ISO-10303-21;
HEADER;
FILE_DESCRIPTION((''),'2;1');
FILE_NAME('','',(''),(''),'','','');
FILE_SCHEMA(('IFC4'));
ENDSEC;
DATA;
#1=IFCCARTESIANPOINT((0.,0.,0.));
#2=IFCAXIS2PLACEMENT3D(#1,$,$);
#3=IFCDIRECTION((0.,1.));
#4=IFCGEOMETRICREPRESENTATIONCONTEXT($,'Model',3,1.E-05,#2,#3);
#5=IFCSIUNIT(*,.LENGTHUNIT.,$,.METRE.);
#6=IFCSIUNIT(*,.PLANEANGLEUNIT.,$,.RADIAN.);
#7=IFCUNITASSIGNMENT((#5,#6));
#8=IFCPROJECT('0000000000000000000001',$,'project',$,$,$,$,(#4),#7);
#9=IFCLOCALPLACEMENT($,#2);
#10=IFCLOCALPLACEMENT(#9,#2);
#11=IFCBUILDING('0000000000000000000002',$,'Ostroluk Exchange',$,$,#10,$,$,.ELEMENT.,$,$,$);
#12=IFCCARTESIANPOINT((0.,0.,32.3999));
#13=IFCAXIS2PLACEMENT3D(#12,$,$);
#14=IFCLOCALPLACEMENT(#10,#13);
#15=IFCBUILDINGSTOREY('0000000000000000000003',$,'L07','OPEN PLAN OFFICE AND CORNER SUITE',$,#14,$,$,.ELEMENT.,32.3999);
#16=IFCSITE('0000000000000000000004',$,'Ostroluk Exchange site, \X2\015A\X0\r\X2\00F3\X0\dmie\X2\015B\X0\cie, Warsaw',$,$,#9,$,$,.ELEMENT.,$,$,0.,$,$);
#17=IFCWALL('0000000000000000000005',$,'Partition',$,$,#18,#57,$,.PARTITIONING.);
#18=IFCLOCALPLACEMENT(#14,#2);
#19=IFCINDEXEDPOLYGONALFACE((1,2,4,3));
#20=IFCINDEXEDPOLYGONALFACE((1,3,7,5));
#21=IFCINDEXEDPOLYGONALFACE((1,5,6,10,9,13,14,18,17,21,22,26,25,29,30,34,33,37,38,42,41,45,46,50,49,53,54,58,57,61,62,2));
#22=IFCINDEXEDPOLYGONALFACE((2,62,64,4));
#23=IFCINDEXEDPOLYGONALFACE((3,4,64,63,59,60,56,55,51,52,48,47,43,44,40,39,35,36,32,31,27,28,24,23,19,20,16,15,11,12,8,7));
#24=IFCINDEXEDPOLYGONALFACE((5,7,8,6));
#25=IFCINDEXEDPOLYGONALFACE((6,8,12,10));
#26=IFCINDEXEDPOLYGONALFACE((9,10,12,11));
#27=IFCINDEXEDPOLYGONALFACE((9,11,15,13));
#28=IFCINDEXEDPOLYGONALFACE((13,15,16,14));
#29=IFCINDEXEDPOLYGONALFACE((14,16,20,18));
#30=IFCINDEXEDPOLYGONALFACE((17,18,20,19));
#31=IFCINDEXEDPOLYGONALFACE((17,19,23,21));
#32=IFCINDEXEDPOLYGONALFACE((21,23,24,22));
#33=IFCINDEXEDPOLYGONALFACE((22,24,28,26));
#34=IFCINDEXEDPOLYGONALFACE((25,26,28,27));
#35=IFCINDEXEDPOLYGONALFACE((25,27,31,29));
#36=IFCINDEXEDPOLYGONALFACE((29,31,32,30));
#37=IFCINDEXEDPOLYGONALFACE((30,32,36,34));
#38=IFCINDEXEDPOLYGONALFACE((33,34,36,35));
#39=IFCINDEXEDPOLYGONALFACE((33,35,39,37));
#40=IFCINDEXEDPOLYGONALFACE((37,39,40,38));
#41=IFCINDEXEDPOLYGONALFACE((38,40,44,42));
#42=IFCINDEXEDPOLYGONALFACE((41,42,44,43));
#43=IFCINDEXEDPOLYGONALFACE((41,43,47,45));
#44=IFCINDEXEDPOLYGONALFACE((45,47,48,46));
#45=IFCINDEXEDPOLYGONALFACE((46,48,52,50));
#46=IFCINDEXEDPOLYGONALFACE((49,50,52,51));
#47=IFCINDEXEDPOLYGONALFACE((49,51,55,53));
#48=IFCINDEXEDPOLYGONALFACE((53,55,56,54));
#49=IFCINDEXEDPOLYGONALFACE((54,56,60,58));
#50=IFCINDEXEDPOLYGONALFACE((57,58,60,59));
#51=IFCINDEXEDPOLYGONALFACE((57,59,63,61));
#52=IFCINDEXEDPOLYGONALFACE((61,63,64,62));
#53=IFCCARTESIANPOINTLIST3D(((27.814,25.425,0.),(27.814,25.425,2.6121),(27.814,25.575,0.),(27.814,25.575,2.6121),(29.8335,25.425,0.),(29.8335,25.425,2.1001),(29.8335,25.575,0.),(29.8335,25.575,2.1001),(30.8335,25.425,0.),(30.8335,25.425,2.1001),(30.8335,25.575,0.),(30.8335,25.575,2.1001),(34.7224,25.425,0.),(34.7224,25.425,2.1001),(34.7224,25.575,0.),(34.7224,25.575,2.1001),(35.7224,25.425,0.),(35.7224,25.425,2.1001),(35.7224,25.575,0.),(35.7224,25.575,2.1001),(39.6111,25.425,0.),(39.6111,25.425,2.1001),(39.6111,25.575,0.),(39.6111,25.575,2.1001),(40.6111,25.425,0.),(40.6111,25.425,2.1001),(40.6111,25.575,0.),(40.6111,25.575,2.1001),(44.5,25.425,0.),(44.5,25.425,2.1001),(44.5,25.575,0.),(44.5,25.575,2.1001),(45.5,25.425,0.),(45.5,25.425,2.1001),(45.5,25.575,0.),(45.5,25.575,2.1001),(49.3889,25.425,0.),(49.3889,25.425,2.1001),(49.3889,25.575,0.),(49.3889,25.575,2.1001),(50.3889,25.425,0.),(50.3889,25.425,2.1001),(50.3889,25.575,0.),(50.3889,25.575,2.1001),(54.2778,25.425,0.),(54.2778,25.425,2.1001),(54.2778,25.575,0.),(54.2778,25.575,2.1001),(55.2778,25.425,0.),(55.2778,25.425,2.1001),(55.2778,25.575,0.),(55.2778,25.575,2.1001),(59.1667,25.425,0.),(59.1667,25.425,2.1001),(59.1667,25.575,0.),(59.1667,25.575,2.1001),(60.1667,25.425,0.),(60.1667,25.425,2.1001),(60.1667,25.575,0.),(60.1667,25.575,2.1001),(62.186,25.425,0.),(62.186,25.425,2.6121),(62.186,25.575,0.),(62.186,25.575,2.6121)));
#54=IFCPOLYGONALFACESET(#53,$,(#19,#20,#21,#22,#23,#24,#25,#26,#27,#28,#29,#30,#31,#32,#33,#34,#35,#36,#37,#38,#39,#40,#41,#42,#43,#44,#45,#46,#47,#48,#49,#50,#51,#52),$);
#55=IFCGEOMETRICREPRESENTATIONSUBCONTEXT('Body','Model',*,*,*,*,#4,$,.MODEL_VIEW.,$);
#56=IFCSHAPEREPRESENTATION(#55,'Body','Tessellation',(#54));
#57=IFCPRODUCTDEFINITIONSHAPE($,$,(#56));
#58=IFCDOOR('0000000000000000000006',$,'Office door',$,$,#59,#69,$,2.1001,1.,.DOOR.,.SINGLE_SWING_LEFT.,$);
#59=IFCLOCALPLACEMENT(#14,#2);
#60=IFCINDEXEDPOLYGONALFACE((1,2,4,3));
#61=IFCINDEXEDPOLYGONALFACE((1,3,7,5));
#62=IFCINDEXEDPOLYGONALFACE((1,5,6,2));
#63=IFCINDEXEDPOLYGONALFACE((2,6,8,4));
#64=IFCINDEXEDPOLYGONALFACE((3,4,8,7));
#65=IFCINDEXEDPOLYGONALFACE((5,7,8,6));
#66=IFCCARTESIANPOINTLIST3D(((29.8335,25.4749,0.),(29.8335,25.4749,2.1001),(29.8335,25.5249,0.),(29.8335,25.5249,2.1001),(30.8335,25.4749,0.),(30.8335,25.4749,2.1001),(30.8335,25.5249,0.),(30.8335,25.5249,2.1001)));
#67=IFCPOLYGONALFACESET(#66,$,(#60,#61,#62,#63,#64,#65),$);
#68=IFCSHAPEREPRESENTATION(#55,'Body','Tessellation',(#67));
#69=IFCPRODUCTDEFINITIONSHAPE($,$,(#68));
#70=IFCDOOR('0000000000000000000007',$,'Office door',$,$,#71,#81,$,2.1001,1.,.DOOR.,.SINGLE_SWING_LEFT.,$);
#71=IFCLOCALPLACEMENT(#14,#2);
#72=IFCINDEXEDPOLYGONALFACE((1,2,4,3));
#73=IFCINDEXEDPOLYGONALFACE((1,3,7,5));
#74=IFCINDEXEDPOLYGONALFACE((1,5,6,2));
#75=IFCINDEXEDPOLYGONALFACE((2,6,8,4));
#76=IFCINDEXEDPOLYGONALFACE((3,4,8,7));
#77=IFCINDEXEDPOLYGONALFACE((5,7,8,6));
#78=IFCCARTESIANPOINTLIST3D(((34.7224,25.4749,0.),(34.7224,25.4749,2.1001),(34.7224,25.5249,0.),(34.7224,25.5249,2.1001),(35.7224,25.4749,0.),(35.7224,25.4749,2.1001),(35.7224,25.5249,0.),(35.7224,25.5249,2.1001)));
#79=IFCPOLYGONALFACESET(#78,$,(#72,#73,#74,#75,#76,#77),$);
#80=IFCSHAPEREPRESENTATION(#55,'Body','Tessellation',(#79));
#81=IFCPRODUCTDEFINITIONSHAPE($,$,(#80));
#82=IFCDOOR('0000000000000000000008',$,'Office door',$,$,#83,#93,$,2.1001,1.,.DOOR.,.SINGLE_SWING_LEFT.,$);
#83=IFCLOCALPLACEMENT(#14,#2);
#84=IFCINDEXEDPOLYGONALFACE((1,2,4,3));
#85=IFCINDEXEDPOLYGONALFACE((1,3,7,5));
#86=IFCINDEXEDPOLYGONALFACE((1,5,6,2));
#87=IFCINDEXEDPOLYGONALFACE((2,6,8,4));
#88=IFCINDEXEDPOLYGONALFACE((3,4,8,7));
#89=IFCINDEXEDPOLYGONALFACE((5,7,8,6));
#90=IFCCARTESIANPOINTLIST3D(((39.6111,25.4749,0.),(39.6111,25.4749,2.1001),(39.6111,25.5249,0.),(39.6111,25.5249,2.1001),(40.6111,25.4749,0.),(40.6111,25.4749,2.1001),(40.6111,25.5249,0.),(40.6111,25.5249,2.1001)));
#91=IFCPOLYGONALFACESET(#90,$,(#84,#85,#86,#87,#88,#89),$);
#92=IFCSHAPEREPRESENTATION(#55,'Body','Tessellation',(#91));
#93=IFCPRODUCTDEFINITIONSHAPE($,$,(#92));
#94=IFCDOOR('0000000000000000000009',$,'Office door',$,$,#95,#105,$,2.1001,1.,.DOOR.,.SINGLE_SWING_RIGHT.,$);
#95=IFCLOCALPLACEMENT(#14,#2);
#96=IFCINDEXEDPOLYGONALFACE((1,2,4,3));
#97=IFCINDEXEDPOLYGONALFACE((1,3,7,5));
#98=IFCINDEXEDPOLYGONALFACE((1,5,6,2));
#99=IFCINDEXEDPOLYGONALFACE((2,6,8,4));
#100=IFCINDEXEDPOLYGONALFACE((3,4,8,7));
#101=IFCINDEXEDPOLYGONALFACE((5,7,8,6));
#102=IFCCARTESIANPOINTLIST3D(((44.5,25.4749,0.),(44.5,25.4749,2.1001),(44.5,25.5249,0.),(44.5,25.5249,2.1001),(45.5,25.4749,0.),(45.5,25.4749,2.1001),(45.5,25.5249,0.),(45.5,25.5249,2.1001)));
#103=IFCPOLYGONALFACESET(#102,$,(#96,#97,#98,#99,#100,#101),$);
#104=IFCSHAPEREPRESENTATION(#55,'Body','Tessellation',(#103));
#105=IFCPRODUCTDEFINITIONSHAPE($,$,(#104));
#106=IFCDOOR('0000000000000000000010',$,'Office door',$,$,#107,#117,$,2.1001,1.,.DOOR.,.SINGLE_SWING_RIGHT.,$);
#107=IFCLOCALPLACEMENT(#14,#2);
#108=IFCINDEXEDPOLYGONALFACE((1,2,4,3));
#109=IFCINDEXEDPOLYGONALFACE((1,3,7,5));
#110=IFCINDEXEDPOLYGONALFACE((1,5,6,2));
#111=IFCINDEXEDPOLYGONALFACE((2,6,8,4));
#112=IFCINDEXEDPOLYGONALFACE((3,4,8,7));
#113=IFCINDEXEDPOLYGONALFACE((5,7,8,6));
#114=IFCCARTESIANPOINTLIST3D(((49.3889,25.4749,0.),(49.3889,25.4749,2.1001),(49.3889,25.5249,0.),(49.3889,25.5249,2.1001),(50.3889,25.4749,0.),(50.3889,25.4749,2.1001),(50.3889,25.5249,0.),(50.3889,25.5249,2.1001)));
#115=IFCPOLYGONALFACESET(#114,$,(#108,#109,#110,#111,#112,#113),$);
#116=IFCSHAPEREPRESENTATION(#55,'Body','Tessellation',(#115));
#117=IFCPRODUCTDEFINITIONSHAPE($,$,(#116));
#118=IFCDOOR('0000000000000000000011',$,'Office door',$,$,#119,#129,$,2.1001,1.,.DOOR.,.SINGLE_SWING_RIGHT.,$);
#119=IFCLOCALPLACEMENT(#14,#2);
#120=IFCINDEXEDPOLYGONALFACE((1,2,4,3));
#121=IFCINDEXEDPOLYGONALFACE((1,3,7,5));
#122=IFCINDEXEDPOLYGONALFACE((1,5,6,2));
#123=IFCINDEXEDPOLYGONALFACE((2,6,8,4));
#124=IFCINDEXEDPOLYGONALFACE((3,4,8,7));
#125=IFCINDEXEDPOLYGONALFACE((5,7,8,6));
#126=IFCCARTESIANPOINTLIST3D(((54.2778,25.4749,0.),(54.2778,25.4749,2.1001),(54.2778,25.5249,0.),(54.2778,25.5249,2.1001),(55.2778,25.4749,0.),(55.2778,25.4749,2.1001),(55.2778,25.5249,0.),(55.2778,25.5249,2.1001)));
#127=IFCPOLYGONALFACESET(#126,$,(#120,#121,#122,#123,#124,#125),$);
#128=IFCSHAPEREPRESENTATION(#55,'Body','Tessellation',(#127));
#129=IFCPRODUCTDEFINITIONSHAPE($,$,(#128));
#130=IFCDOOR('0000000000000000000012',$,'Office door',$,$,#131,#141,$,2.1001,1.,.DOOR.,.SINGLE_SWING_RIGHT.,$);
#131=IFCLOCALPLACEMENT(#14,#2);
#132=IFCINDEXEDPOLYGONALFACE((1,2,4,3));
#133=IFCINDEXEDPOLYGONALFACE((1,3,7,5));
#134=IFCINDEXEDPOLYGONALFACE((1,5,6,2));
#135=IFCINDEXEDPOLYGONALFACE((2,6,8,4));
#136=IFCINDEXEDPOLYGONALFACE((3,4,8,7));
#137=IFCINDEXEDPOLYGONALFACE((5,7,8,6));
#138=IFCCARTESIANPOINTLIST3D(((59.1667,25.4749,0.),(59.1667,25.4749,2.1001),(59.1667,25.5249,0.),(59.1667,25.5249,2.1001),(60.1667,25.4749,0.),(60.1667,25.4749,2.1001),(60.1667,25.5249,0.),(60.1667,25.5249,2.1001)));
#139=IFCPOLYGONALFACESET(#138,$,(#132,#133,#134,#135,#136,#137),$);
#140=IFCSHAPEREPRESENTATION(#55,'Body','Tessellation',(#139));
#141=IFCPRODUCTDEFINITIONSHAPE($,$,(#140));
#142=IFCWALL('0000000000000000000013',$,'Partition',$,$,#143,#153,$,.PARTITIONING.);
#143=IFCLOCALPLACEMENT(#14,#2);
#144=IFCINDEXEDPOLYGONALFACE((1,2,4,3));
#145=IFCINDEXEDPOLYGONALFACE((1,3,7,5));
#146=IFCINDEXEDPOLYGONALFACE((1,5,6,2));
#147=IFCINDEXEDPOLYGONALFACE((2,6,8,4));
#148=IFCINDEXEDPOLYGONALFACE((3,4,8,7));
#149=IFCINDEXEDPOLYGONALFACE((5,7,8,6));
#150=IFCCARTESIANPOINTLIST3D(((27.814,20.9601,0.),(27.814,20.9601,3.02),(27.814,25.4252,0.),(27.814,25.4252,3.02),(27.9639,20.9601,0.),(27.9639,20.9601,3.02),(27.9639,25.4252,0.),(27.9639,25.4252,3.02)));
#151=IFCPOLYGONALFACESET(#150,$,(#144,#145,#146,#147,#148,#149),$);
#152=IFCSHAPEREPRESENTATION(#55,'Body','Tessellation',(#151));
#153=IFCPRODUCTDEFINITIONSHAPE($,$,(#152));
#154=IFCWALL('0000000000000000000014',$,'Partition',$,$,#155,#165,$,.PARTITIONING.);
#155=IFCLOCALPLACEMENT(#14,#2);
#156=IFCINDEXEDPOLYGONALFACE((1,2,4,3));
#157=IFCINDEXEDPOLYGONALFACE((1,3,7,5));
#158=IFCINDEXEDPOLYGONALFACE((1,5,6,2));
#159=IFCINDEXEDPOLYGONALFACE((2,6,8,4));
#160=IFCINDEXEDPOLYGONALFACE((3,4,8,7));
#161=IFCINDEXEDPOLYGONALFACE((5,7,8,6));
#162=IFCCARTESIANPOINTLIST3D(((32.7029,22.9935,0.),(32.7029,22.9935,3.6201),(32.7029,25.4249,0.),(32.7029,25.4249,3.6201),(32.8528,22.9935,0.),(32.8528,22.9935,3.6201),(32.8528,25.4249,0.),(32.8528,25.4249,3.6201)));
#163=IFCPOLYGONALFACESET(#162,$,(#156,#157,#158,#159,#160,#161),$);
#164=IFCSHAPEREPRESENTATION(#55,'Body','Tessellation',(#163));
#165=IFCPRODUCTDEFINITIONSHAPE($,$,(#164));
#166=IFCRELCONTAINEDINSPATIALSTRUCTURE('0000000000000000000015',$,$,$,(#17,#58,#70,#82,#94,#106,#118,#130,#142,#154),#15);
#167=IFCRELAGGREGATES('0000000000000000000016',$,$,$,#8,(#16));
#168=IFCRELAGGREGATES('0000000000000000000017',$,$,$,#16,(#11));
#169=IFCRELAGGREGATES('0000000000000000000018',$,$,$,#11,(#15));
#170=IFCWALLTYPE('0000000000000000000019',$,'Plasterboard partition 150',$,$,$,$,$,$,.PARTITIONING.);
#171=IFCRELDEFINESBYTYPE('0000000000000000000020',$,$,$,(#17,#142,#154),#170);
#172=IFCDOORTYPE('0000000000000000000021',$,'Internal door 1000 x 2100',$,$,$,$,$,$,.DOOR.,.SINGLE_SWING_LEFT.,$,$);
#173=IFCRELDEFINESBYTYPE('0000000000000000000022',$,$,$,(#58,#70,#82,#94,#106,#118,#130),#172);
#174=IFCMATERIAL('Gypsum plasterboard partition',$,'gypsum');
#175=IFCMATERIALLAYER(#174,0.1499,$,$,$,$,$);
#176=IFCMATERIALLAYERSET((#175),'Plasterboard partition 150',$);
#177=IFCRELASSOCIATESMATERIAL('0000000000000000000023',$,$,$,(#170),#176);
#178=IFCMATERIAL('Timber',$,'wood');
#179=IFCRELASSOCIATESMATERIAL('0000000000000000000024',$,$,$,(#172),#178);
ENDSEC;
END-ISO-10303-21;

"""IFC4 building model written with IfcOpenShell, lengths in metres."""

from ifc_helpers import new_model, si_unit, direction, frame, frame_2d, origin, place, context, subcontext, project, spatial, rectangle, extrude, material, layer, layer_set, type_object, element, fill, save


model = new_model("IFC4")

# Units and contexts
model_context = context("Model", 3, precision=1e-05, world=origin(), true_north=direction((0.0, 1.0)))
body_context = subcontext(model_context, "Body", "Model", "MODEL_VIEW")
ifc_project = project(units=[si_unit("LENGTHUNIT", "METRE"), si_unit("PLANEANGLEUNIT", "RADIAN")], contexts=[model_context])

# Site, building, storey
site_placement = place(None, origin())
site = spatial("IfcSite", under=ifc_project, at=site_placement, Name="Ostroluk Exchange site, Śródmieście, Warsaw", CompositionType="ELEMENT", RefElevation=0.0)
building_placement = place(site_placement, origin())
building = spatial("IfcBuilding", under=site, at=building_placement, Name="Ostroluk Exchange", CompositionType="ELEMENT")
storey_placement = place(building_placement, frame((0.0, 0.0, 32.3999)))
storey = spatial("IfcBuildingStorey", under=building, at=storey_placement, Name="L07", Description="OPEN PLAN OFFICE AND CORNER SUITE", CompositionType="ELEMENT", Elevation=32.3999)

# Wall, openings, doors
ifc_material_1 = material(Name="Gypsum plasterboard partition", Category="gypsum")
ifc_layer = layer(ifc_material_1, 0.1499)
ifc_layer_set = layer_set([ifc_layer], Name="Plasterboard partition 150")
wall_type = type_object("IfcWallType", Name="Plasterboard partition 150", PredefinedType="PARTITIONING", material=ifc_layer_set)
wall_1_placement = place(storey_placement, frame((27.814, 25.5, 0.0), z_axis=(0.0, 0.0, 1.0), x_axis=(1.0, 0.0, 0.0)))
wall_1 = element("IfcWall", 1, at=wall_1_placement, inside=storey, type_object=wall_type, Name="Partition", PredefinedType="PARTITIONING", context=body_context, shape_type="SweptSolid", body=[
    extrude(rectangle(XDim=34.3721, YDim=0.1499, at=frame_2d((17.186, 0.0))), origin(), (0.0, 0.0, 1.0), 2.6121),
])
opening_1_placement = place(wall_1_placement, frame((2.0195, 0.0, 0.0)))
opening_1 = element("IfcOpeningElement", 2, at=opening_1_placement, cuts=wall_1, PredefinedType="OPENING", context=body_context, shape_type="SweptSolid", body=[
    extrude(rectangle(XDim=1.0, YDim=2.1001, at=frame_2d((0.5, 1.05))), frame((0.0, 0.085, 0.0), z_axis=(0.0, -1.0, 0.0), x_axis=(1.0, 0.0, 0.0)), (0.0, 0.0, 1.0), 0.1699),
])
opening_2_placement = place(wall_1_placement, frame((6.9084, 0.0, 0.0)))
opening_2 = element("IfcOpeningElement", 3, at=opening_2_placement, cuts=wall_1, PredefinedType="OPENING", context=body_context, shape_type="SweptSolid", body=[
    extrude(rectangle(XDim=1.0, YDim=2.1001, at=frame_2d((0.5, 1.05))), frame((0.0, 0.085, 0.0), z_axis=(0.0, -1.0, 0.0), x_axis=(1.0, 0.0, 0.0)), (0.0, 0.0, 1.0), 0.1699),
])
opening_3_placement = place(wall_1_placement, frame((11.7971, 0.0, 0.0)))
opening_3 = element("IfcOpeningElement", 4, at=opening_3_placement, cuts=wall_1, PredefinedType="OPENING", context=body_context, shape_type="SweptSolid", body=[
    extrude(rectangle(XDim=1.0, YDim=2.1001, at=frame_2d((0.5, 1.05))), frame((0.0, 0.085, 0.0), z_axis=(0.0, -1.0, 0.0), x_axis=(1.0, 0.0, 0.0)), (0.0, 0.0, 1.0), 0.1699),
])
opening_4_placement = place(wall_1_placement, frame((16.686, 0.0, 0.0)))
opening_4 = element("IfcOpeningElement", 5, at=opening_4_placement, cuts=wall_1, PredefinedType="OPENING", context=body_context, shape_type="SweptSolid", body=[
    extrude(rectangle(XDim=1.0, YDim=2.1001, at=frame_2d((0.5, 1.05))), frame((0.0, 0.085, 0.0), z_axis=(0.0, -1.0, 0.0), x_axis=(1.0, 0.0, 0.0)), (0.0, 0.0, 1.0), 0.1699),
])
opening_5_placement = place(wall_1_placement, frame((21.575, 0.0, 0.0)))
opening_5 = element("IfcOpeningElement", 6, at=opening_5_placement, cuts=wall_1, PredefinedType="OPENING", context=body_context, shape_type="SweptSolid", body=[
    extrude(rectangle(XDim=1.0, YDim=2.1001, at=frame_2d((0.5, 1.05))), frame((0.0, 0.085, 0.0), z_axis=(0.0, -1.0, 0.0), x_axis=(1.0, 0.0, 0.0)), (0.0, 0.0, 1.0), 0.1699),
])
opening_6_placement = place(wall_1_placement, frame((26.4639, 0.0, 0.0)))
opening_6 = element("IfcOpeningElement", 7, at=opening_6_placement, cuts=wall_1, PredefinedType="OPENING", context=body_context, shape_type="SweptSolid", body=[
    extrude(rectangle(XDim=1.0, YDim=2.1001, at=frame_2d((0.5, 1.05))), frame((0.0, 0.085, 0.0), z_axis=(0.0, -1.0, 0.0), x_axis=(1.0, 0.0, 0.0)), (0.0, 0.0, 1.0), 0.1699),
])
opening_7_placement = place(wall_1_placement, frame((31.3528, 0.0, 0.0)))
opening_7 = element("IfcOpeningElement", 8, at=opening_7_placement, cuts=wall_1, PredefinedType="OPENING", context=body_context, shape_type="SweptSolid", body=[
    extrude(rectangle(XDim=1.0, YDim=2.1001, at=frame_2d((0.5, 1.05))), frame((0.0, 0.085, 0.0), z_axis=(0.0, -1.0, 0.0), x_axis=(1.0, 0.0, 0.0)), (0.0, 0.0, 1.0), 0.1699),
])
ifc_material_2 = material(Name="Timber", Category="wood")
door_type = type_object("IfcDoorType", Name="Internal door 1000 x 2100", OperationType="SINGLE_SWING_LEFT", PredefinedType="DOOR", material=ifc_material_2)
door_1_placement = place(opening_1_placement, origin())
door_1 = element("IfcDoor", 9, at=door_1_placement, inside=storey, type_object=door_type, Name="Office door", OperationType="SINGLE_SWING_LEFT", OverallHeight=2.1001, OverallWidth=1.0, PredefinedType="DOOR", context=body_context, shape_type="SweptSolid", body=[
    extrude(rectangle(XDim=1.0, YDim=2.1001, at=frame_2d((0.5, 1.05))), frame((0.0, 0.0249, 0.0), z_axis=(0.0, -1.0, 0.0), x_axis=(1.0, 0.0, 0.0)), (0.0, 0.0, 1.0), 0.05),
])
fill(opening_1, door_1)
door_2_placement = place(opening_2_placement, origin())
door_2 = element("IfcDoor", 10, at=door_2_placement, inside=storey, type_object=door_type, Name="Office door", OperationType="SINGLE_SWING_LEFT", OverallHeight=2.1001, OverallWidth=1.0, PredefinedType="DOOR", context=body_context, shape_type="SweptSolid", body=[
    extrude(rectangle(XDim=1.0, YDim=2.1001, at=frame_2d((0.5, 1.05))), frame((0.0, 0.0249, 0.0), z_axis=(0.0, -1.0, 0.0), x_axis=(1.0, 0.0, 0.0)), (0.0, 0.0, 1.0), 0.05),
])
fill(opening_2, door_2)
door_3_placement = place(opening_3_placement, origin())
door_3 = element("IfcDoor", 11, at=door_3_placement, inside=storey, type_object=door_type, Name="Office door", OperationType="SINGLE_SWING_LEFT", OverallHeight=2.1001, OverallWidth=1.0, PredefinedType="DOOR", context=body_context, shape_type="SweptSolid", body=[
    extrude(rectangle(XDim=1.0, YDim=2.1001, at=frame_2d((0.5, 1.05))), frame((0.0, 0.0249, 0.0), z_axis=(0.0, -1.0, 0.0), x_axis=(1.0, 0.0, 0.0)), (0.0, 0.0, 1.0), 0.05),
])
fill(opening_3, door_3)
door_4_placement = place(opening_4_placement, origin())
door_4 = element("IfcDoor", 12, at=door_4_placement, inside=storey, type_object=door_type, Name="Office door", OperationType="SINGLE_SWING_RIGHT", OverallHeight=2.1001, OverallWidth=1.0, PredefinedType="DOOR", context=body_context, shape_type="SweptSolid", body=[
    extrude(rectangle(XDim=1.0, YDim=2.1001, at=frame_2d((0.5, 1.05))), frame((0.0, 0.0249, 0.0), z_axis=(0.0, -1.0, 0.0), x_axis=(1.0, 0.0, 0.0)), (0.0, 0.0, 1.0), 0.05),
])
fill(opening_4, door_4)
door_5_placement = place(opening_5_placement, origin())
door_5 = element("IfcDoor", 13, at=door_5_placement, inside=storey, type_object=door_type, Name="Office door", OperationType="SINGLE_SWING_RIGHT", OverallHeight=2.1001, OverallWidth=1.0, PredefinedType="DOOR", context=body_context, shape_type="SweptSolid", body=[
    extrude(rectangle(XDim=1.0, YDim=2.1001, at=frame_2d((0.5, 1.05))), frame((0.0, 0.0249, 0.0), z_axis=(0.0, -1.0, 0.0), x_axis=(1.0, 0.0, 0.0)), (0.0, 0.0, 1.0), 0.05),
])
fill(opening_5, door_5)
door_6_placement = place(opening_6_placement, origin())
door_6 = element("IfcDoor", 14, at=door_6_placement, inside=storey, type_object=door_type, Name="Office door", OperationType="SINGLE_SWING_RIGHT", OverallHeight=2.1001, OverallWidth=1.0, PredefinedType="DOOR", context=body_context, shape_type="SweptSolid", body=[
    extrude(rectangle(XDim=1.0, YDim=2.1001, at=frame_2d((0.5, 1.05))), frame((0.0, 0.0249, 0.0), z_axis=(0.0, -1.0, 0.0), x_axis=(1.0, 0.0, 0.0)), (0.0, 0.0, 1.0), 0.05),
])
fill(opening_6, door_6)
door_7_placement = place(opening_7_placement, origin())
door_7 = element("IfcDoor", 15, at=door_7_placement, inside=storey, type_object=door_type, Name="Office door", OperationType="SINGLE_SWING_RIGHT", OverallHeight=2.1001, OverallWidth=1.0, PredefinedType="DOOR", context=body_context, shape_type="SweptSolid", body=[
    extrude(rectangle(XDim=1.0, YDim=2.1001, at=frame_2d((0.5, 1.05))), frame((0.0, 0.0249, 0.0), z_axis=(0.0, -1.0, 0.0), x_axis=(1.0, 0.0, 0.0)), (0.0, 0.0, 1.0), 0.05),
])
fill(opening_7, door_7)

# Walls
wall_2_placement = place(storey_placement, frame((27.8889, 25.425, 0.0), z_axis=(0.0, 0.0, 1.0), x_axis=(0.0, -1.0, 0.0)))
element("IfcWall", 16, at=wall_2_placement, inside=storey, type_object=wall_type, Name="Partition", PredefinedType="PARTITIONING", context=body_context, shape_type="SweptSolid", body=[
    extrude(rectangle(XDim=4.4651, YDim=0.1499, at=frame_2d((2.2324, 0.0))), origin(), (0.0, 0.0, 1.0), 3.02),
])
wall_3_placement = place(storey_placement, frame((32.7778, 25.425, 0.0), z_axis=(0.0, 0.0, 1.0), x_axis=(0.0, -1.0, 0.0)))
element("IfcWall", 17, at=wall_3_placement, inside=storey, type_object=wall_type, Name="Partition", PredefinedType="PARTITIONING", context=body_context, shape_type="SweptSolid", body=[
    extrude(rectangle(XDim=2.4314, YDim=0.1499, at=frame_2d((1.2158, 0.0))), origin(), (0.0, 0.0, 1.0), 3.6201),
])

save(model, "model.ifc")
